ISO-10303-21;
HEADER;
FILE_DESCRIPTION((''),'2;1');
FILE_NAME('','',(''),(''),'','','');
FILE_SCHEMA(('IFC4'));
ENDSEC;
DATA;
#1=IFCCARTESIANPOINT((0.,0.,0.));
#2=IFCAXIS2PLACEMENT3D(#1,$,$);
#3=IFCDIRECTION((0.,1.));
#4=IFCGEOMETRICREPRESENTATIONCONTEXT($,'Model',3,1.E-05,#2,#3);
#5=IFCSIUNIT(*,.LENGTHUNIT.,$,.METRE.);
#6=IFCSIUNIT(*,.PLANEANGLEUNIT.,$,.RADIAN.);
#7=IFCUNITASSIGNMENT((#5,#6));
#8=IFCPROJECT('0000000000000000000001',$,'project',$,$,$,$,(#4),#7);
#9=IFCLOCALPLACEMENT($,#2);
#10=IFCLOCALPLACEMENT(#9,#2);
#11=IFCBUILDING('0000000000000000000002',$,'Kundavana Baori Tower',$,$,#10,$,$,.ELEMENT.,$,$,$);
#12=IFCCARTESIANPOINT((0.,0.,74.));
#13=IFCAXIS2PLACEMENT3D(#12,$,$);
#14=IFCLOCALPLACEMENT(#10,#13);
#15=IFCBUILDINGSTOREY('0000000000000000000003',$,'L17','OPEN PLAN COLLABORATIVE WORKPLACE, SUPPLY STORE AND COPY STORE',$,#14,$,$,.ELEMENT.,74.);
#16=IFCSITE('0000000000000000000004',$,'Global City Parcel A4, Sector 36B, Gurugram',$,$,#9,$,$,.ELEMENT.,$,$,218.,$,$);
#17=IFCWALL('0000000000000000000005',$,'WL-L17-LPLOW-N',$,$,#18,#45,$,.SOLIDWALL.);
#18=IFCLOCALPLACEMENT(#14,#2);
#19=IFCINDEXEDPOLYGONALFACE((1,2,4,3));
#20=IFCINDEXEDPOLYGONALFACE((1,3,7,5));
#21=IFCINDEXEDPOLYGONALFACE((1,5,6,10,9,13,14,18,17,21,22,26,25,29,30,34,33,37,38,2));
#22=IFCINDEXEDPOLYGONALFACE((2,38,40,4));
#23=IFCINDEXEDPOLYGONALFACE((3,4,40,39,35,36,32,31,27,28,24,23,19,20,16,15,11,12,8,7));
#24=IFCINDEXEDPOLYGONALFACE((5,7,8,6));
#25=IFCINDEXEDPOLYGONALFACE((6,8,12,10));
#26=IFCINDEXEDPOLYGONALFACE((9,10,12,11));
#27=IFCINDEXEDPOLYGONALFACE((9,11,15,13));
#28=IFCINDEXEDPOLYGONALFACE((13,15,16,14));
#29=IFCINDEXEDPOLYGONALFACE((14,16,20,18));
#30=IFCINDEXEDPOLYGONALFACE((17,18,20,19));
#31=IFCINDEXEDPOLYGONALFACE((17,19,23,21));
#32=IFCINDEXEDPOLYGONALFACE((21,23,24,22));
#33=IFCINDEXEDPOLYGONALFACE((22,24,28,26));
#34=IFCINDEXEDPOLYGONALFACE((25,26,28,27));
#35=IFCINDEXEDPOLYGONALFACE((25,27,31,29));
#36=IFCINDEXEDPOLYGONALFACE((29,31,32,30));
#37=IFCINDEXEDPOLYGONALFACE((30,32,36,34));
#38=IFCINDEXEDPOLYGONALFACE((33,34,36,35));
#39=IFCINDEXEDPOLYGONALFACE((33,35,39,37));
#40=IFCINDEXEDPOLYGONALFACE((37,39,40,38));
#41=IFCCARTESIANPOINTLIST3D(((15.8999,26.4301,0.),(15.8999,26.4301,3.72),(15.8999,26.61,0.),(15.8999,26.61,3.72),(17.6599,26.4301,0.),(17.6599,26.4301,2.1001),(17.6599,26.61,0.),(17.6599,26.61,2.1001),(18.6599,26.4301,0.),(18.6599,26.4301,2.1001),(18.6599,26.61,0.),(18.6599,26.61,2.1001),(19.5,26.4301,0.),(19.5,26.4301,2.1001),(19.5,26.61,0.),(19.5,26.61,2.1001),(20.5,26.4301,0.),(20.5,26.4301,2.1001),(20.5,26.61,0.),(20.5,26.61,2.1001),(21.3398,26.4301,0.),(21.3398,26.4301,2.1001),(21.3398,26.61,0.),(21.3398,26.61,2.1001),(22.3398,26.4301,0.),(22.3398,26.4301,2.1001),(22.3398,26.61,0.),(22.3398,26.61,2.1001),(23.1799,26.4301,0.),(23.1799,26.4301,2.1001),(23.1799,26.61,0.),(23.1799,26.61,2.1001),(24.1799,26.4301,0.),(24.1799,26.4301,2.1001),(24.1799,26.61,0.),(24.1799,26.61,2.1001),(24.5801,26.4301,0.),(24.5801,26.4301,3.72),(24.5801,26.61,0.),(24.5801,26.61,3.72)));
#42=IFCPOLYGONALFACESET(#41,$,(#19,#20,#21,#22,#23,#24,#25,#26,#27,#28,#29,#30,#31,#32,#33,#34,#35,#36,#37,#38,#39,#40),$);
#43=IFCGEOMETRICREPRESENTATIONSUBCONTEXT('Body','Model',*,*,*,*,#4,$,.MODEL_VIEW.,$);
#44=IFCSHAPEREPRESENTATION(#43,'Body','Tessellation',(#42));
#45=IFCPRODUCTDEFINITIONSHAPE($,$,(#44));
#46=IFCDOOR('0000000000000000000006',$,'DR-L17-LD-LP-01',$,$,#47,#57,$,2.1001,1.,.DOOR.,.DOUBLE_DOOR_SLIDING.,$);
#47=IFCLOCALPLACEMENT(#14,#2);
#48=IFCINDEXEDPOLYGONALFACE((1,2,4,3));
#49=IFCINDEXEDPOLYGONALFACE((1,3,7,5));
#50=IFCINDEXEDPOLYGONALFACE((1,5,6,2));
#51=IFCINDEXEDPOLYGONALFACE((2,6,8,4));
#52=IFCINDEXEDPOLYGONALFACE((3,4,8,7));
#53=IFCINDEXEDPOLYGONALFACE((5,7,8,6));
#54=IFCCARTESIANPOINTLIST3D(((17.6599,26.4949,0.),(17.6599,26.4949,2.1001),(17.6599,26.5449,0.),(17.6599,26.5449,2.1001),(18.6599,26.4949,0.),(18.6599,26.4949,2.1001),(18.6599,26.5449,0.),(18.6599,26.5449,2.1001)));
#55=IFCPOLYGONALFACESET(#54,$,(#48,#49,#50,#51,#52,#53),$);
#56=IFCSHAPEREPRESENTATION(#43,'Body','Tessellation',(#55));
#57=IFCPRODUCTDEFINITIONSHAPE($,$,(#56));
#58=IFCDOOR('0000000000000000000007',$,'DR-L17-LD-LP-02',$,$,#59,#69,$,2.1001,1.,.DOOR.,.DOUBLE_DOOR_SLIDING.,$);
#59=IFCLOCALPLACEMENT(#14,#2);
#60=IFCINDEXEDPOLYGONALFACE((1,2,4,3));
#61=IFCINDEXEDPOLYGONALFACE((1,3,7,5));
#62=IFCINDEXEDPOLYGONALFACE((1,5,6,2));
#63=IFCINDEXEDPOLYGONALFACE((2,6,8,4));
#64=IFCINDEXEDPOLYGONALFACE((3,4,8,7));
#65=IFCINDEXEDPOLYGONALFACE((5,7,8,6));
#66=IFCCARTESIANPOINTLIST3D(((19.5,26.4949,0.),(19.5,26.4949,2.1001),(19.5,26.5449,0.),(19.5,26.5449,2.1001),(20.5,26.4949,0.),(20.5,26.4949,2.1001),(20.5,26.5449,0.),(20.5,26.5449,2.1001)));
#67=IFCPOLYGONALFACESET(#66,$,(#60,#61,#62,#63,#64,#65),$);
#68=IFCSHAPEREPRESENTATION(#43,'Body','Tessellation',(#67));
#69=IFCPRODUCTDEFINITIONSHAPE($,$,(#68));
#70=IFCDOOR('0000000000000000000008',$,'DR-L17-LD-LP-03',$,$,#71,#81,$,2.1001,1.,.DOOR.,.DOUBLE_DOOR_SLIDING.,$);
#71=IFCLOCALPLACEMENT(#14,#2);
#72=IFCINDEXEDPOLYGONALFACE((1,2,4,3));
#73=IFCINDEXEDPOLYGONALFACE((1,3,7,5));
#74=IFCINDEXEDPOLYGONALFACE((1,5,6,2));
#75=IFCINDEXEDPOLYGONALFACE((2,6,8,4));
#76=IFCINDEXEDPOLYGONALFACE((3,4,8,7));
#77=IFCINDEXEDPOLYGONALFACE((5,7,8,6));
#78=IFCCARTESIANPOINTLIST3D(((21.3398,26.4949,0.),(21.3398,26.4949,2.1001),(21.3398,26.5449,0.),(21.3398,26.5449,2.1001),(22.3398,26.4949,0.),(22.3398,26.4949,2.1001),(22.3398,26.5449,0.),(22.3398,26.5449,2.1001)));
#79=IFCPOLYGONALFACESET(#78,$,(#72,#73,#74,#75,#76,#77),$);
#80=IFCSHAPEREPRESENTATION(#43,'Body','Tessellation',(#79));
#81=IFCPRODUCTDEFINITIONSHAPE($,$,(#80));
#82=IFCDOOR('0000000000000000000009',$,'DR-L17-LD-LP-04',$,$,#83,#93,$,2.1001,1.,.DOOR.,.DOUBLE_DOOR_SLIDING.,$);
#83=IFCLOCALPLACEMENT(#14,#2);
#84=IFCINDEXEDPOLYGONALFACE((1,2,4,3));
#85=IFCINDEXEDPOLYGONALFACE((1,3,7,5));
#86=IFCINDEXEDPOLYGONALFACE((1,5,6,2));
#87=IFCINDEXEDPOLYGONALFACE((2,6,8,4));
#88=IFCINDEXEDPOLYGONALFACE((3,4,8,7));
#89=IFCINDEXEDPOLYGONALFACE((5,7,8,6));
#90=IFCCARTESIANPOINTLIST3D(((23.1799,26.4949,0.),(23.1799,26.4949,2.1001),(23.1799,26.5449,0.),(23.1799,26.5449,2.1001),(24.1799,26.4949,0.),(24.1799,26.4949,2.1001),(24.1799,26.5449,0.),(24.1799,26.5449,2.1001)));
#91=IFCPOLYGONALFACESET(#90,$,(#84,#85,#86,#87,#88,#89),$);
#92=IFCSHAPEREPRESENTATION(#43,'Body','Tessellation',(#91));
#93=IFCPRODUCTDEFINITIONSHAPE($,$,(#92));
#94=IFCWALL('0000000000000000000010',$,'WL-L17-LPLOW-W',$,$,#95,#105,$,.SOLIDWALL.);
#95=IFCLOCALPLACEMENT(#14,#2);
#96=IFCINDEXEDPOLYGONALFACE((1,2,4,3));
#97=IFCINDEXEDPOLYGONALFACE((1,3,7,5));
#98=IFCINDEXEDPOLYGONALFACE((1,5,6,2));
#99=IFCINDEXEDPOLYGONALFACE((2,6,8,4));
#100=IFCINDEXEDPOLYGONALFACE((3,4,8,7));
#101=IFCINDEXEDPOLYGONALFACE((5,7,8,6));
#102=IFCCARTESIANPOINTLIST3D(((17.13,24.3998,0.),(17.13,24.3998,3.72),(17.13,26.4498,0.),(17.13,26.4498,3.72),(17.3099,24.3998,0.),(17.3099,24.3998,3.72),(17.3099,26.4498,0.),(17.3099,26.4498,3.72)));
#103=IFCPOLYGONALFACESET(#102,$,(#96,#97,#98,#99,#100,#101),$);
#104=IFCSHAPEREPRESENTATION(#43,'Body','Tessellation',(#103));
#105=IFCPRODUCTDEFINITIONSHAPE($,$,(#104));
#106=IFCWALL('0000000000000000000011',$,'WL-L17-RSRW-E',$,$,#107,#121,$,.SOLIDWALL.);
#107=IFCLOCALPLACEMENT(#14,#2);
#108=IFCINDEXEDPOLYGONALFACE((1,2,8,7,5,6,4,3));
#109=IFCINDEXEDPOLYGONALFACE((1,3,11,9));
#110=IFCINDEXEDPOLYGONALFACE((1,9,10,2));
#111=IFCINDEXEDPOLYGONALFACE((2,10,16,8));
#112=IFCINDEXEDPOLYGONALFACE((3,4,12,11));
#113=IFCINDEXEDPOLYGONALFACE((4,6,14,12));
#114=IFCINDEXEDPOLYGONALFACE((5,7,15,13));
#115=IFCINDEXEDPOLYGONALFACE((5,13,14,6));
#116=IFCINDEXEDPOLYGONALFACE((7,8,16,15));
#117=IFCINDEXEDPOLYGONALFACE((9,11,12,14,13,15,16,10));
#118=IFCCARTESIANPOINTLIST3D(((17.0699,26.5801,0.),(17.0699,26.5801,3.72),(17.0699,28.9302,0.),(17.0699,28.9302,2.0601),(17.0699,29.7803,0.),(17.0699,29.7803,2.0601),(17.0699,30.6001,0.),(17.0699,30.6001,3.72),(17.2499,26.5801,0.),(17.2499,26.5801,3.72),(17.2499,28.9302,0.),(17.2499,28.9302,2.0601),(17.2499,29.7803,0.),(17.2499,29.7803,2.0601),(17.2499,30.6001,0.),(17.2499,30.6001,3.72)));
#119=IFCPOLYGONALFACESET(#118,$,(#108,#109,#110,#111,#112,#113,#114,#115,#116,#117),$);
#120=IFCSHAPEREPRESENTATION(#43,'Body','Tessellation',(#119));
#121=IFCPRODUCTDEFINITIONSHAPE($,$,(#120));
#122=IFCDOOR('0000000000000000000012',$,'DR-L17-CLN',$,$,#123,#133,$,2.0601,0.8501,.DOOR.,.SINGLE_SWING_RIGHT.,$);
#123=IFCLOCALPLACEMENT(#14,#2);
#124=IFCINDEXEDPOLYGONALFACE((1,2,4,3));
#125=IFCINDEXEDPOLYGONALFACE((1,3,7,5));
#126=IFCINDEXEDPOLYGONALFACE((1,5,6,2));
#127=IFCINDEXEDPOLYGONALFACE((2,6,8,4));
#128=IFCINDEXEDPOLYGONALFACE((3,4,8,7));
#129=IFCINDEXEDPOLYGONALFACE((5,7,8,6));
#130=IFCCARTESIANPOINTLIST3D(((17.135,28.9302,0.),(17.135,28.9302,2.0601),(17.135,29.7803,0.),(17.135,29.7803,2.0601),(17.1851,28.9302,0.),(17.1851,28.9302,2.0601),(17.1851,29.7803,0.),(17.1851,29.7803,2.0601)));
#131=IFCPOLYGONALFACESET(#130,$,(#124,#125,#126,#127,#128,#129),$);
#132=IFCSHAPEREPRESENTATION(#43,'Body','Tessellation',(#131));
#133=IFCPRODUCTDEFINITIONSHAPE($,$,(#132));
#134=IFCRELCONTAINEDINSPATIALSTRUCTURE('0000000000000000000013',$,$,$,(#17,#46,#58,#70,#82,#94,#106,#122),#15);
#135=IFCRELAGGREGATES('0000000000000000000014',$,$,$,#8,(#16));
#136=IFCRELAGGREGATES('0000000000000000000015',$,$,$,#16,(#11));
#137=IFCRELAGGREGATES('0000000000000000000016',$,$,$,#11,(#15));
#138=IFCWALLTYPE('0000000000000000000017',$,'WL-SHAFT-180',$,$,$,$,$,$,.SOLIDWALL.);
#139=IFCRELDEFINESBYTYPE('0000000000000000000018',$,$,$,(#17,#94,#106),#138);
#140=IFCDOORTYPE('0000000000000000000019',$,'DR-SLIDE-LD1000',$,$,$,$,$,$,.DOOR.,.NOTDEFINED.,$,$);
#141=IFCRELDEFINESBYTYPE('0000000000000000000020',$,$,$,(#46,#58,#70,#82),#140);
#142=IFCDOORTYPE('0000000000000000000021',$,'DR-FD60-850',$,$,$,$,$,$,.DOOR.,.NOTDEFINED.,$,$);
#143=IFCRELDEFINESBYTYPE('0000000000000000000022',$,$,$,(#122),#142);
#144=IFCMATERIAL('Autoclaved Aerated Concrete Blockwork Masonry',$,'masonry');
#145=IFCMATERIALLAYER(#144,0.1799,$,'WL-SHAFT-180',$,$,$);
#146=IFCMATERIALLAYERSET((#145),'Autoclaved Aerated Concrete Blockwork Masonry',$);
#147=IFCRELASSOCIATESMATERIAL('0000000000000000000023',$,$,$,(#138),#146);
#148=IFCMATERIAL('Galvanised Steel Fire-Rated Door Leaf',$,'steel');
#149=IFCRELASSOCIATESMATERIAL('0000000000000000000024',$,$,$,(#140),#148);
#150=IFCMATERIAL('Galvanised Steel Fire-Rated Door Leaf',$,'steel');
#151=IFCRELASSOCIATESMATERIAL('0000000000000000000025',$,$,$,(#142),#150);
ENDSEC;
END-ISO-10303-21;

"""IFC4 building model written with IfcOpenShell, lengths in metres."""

from ifc_helpers import new_model, si_unit, direction, frame, frame_2d, origin, place, context, subcontext, project, spatial, rectangle, extrude, material, layer, layer_set, type_object, element, fill, save


model = new_model("IFC4")

# Units and contexts
model_context = context("Model", 3, precision=1e-05, world=origin(), true_north=direction((0.0, 1.0)))
body_context = subcontext(model_context, "Body", "Model", "MODEL_VIEW")
ifc_project = project(units=[si_unit("LENGTHUNIT", "METRE"), si_unit("PLANEANGLEUNIT", "RADIAN")], contexts=[model_context])

# Site, building, storey
site_placement = place(None, origin())
site = spatial("IfcSite", under=ifc_project, at=site_placement, Name="Global City Parcel A4, Sector 36B, Gurugram", CompositionType="ELEMENT", RefElevation=218.0)
building_placement = place(site_placement, origin())
building = spatial("IfcBuilding", under=site, at=building_placement, Name="Kundavana Baori Tower", CompositionType="ELEMENT")
storey_placement = place(building_placement, frame((0.0, 0.0, 74.0)))
storey = spatial("IfcBuildingStorey", under=building, at=storey_placement, Name="L17", Description="OPEN PLAN COLLABORATIVE WORKPLACE, SUPPLY STORE AND COPY STORE", CompositionType="ELEMENT", Elevation=74.0)

# Wall, openings, doors
ifc_material_1 = material(Name="Autoclaved Aerated Concrete Blockwork Masonry", Category="masonry")
ifc_layer_1 = layer(ifc_material_1, 0.1799, Name="WL-SHAFT-180")
ifc_layer_set_1 = layer_set([ifc_layer_1], Name="Autoclaved Aerated Concrete Blockwork Masonry")
wall_type_1 = type_object("IfcWallType", Name="WL-SHAFT-180", PredefinedType="SOLIDWALL", material=ifc_layer_set_1)
wall_1_placement = place(storey_placement, frame((15.8999, 26.52, 0.0), z_axis=(0.0, 0.0, 1.0), x_axis=(1.0, 0.0, 0.0)))
wall_1 = element("IfcWall", 1, at=wall_1_placement, inside=storey, type_object=wall_type_1, Name="WL-L17-LPLOW-N", PredefinedType="SOLIDWALL", context=body_context, shape_type="SweptSolid", body=[
    extrude(rectangle(XDim=8.6802, YDim=0.1799, at=frame_2d((4.3401, 0.0))), origin(), (0.0, 0.0, 1.0), 3.72),
])
opening_1_placement = place(wall_1_placement, frame((1.76, 0.0, 0.0)))
opening_1 = element("IfcOpeningElement", 2, at=opening_1_placement, cuts=wall_1, PredefinedType="OPENING", context=body_context, shape_type="SweptSolid", body=[
    extrude(rectangle(XDim=1.0, YDim=2.1001, at=frame_2d((0.5, 1.05))), frame((0.0, 0.1001, 0.0), z_axis=(0.0, -1.0, 0.0), x_axis=(1.0, 0.0, 0.0)), (0.0, 0.0, 1.0), 0.2),
])
opening_2_placement = place(wall_1_placement, frame((3.6001, 0.0, 0.0)))
opening_2 = element("IfcOpeningElement", 3, at=opening_2_placement, cuts=wall_1, PredefinedType="OPENING", context=body_context, shape_type="SweptSolid", body=[
    extrude(rectangle(XDim=1.0, YDim=2.1001, at=frame_2d((0.5, 1.05))), frame((0.0, 0.1001, 0.0), z_axis=(0.0, -1.0, 0.0), x_axis=(1.0, 0.0, 0.0)), (0.0, 0.0, 1.0), 0.2),
])
opening_3_placement = place(wall_1_placement, frame((5.4399, 0.0, 0.0)))
opening_3 = element("IfcOpeningElement", 4, at=opening_3_placement, cuts=wall_1, PredefinedType="OPENING", context=body_context, shape_type="SweptSolid", body=[
    extrude(rectangle(XDim=1.0, YDim=2.1001, at=frame_2d((0.5, 1.05))), frame((0.0, 0.1001, 0.0), z_axis=(0.0, -1.0, 0.0), x_axis=(1.0, 0.0, 0.0)), (0.0, 0.0, 1.0), 0.2),
])
opening_4_placement = place(wall_1_placement, frame((7.28, 0.0, 0.0)))
opening_4 = element("IfcOpeningElement", 5, at=opening_4_placement, cuts=wall_1, PredefinedType="OPENING", context=body_context, shape_type="SweptSolid", body=[
    extrude(rectangle(XDim=1.0, YDim=2.1001, at=frame_2d((0.5, 1.05))), frame((0.0, 0.1001, 0.0), z_axis=(0.0, -1.0, 0.0), x_axis=(1.0, 0.0, 0.0)), (0.0, 0.0, 1.0), 0.2),
])
ifc_material_2 = material(Name="Galvanised Steel Fire-Rated Door Leaf", Category="steel")
door_type_1 = type_object("IfcDoorType", Name="DR-SLIDE-LD1000", OperationType="NOTDEFINED", PredefinedType="DOOR", material=ifc_material_2)
door_1_placement = place(opening_1_placement, origin())
door_1 = element("IfcDoor", 6, at=door_1_placement, inside=storey, type_object=door_type_1, Name="DR-L17-LD-LP-01", OperationType="DOUBLE_DOOR_SLIDING", OverallHeight=2.1001, OverallWidth=1.0, PredefinedType="DOOR", context=body_context, shape_type="SweptSolid", body=[
    extrude(rectangle(XDim=1.0, YDim=2.1001, at=frame_2d((0.5, 1.05))), frame((0.0, 0.0249, 0.0), z_axis=(0.0, -1.0, 0.0), x_axis=(1.0, 0.0, 0.0)), (0.0, 0.0, 1.0), 0.05),
])
fill(opening_1, door_1)
door_2_placement = place(opening_2_placement, origin())
door_2 = element("IfcDoor", 7, at=door_2_placement, inside=storey, type_object=door_type_1, Name="DR-L17-LD-LP-02", OperationType="DOUBLE_DOOR_SLIDING", OverallHeight=2.1001, OverallWidth=1.0, PredefinedType="DOOR", context=body_context, shape_type="SweptSolid", body=[
    extrude(rectangle(XDim=1.0, YDim=2.1001, at=frame_2d((0.5, 1.05))), frame((0.0, 0.0249, 0.0), z_axis=(0.0, -1.0, 0.0), x_axis=(1.0, 0.0, 0.0)), (0.0, 0.0, 1.0), 0.05),
])
fill(opening_2, door_2)
door_3_placement = place(opening_3_placement, origin())
door_3 = element("IfcDoor", 8, at=door_3_placement, inside=storey, type_object=door_type_1, Name="DR-L17-LD-LP-03", OperationType="DOUBLE_DOOR_SLIDING", OverallHeight=2.1001, OverallWidth=1.0, PredefinedType="DOOR", context=body_context, shape_type="SweptSolid", body=[
    extrude(rectangle(XDim=1.0, YDim=2.1001, at=frame_2d((0.5, 1.05))), frame((0.0, 0.0249, 0.0), z_axis=(0.0, -1.0, 0.0), x_axis=(1.0, 0.0, 0.0)), (0.0, 0.0, 1.0), 0.05),
])
fill(opening_3, door_3)
door_4_placement = place(opening_4_placement, origin())
door_4 = element("IfcDoor", 9, at=door_4_placement, inside=storey, type_object=door_type_1, Name="DR-L17-LD-LP-04", OperationType="DOUBLE_DOOR_SLIDING", OverallHeight=2.1001, OverallWidth=1.0, PredefinedType="DOOR", context=body_context, shape_type="SweptSolid", body=[
    extrude(rectangle(XDim=1.0, YDim=2.1001, at=frame_2d((0.5, 1.05))), frame((0.0, 0.0249, 0.0), z_axis=(0.0, -1.0, 0.0), x_axis=(1.0, 0.0, 0.0)), (0.0, 0.0, 1.0), 0.05),
])
fill(opening_4, door_4)

# Wall
wall_2_placement = place(storey_placement, frame((17.22, 24.3999, 0.0), z_axis=(0.0, 0.0, 1.0), x_axis=(0.0, 1.0, 0.0)))
element("IfcWall", 10, at=wall_2_placement, inside=storey, type_object=wall_type_1, Name="WL-L17-LPLOW-W", PredefinedType="SOLIDWALL", context=body_context, shape_type="SweptSolid", body=[
    extrude(rectangle(XDim=2.05, YDim=0.1799, at=frame_2d((1.0249, 0.0))), origin(), (0.0, 0.0, 1.0), 3.72),
])

# Wall, opening, door
wall_3_placement = place(storey_placement, frame((17.1599, 26.5801, 0.0), z_axis=(0.0, 0.0, 1.0), x_axis=(0.0, 1.0, 0.0)))
wall_3 = element("IfcWall", 11, at=wall_3_placement, inside=storey, type_object=wall_type_1, Name="WL-L17-RSRW-E", PredefinedType="SOLIDWALL", context=body_context, shape_type="SweptSolid", body=[
    extrude(rectangle(XDim=4.02, YDim=0.1799, at=frame_2d((2.01, 0.0))), origin(), (0.0, 0.0, 1.0), 3.72),
])
opening_5_placement = place(wall_3_placement, frame((2.3501, 0.0, 0.0)))
opening_5 = element("IfcOpeningElement", 12, at=opening_5_placement, cuts=wall_3, PredefinedType="OPENING", context=body_context, shape_type="SweptSolid", body=[
    extrude(rectangle(XDim=0.8501, YDim=2.0601, at=frame_2d((0.425, 1.03))), frame((0.0, 0.1001, 0.0), z_axis=(0.0, -1.0, 0.0), x_axis=(1.0, 0.0, 0.0)), (0.0, 0.0, 1.0), 0.2),
])
ifc_material_3 = material(Name="Galvanised Steel Fire-Rated Door Leaf", Category="steel")
door_type_2 = type_object("IfcDoorType", Name="DR-FD60-850", OperationType="NOTDEFINED", PredefinedType="DOOR", material=ifc_material_3)
door_5_placement = place(opening_5_placement, origin())
door_5 = element("IfcDoor", 13, at=door_5_placement, inside=storey, type_object=door_type_2, Name="DR-L17-CLN", OperationType="SINGLE_SWING_RIGHT", OverallHeight=2.0601, OverallWidth=0.8501, PredefinedType="DOOR", context=body_context, shape_type="SweptSolid", body=[
    extrude(rectangle(XDim=0.8501, YDim=2.0601, at=frame_2d((0.425, 1.03))), frame((0.0, 0.0249, 0.0), z_axis=(0.0, -1.0, 0.0), x_axis=(1.0, 0.0, 0.0)), (0.0, 0.0, 1.0), 0.05),
])
fill(opening_5, door_5)

save(model, "model.ifc")
